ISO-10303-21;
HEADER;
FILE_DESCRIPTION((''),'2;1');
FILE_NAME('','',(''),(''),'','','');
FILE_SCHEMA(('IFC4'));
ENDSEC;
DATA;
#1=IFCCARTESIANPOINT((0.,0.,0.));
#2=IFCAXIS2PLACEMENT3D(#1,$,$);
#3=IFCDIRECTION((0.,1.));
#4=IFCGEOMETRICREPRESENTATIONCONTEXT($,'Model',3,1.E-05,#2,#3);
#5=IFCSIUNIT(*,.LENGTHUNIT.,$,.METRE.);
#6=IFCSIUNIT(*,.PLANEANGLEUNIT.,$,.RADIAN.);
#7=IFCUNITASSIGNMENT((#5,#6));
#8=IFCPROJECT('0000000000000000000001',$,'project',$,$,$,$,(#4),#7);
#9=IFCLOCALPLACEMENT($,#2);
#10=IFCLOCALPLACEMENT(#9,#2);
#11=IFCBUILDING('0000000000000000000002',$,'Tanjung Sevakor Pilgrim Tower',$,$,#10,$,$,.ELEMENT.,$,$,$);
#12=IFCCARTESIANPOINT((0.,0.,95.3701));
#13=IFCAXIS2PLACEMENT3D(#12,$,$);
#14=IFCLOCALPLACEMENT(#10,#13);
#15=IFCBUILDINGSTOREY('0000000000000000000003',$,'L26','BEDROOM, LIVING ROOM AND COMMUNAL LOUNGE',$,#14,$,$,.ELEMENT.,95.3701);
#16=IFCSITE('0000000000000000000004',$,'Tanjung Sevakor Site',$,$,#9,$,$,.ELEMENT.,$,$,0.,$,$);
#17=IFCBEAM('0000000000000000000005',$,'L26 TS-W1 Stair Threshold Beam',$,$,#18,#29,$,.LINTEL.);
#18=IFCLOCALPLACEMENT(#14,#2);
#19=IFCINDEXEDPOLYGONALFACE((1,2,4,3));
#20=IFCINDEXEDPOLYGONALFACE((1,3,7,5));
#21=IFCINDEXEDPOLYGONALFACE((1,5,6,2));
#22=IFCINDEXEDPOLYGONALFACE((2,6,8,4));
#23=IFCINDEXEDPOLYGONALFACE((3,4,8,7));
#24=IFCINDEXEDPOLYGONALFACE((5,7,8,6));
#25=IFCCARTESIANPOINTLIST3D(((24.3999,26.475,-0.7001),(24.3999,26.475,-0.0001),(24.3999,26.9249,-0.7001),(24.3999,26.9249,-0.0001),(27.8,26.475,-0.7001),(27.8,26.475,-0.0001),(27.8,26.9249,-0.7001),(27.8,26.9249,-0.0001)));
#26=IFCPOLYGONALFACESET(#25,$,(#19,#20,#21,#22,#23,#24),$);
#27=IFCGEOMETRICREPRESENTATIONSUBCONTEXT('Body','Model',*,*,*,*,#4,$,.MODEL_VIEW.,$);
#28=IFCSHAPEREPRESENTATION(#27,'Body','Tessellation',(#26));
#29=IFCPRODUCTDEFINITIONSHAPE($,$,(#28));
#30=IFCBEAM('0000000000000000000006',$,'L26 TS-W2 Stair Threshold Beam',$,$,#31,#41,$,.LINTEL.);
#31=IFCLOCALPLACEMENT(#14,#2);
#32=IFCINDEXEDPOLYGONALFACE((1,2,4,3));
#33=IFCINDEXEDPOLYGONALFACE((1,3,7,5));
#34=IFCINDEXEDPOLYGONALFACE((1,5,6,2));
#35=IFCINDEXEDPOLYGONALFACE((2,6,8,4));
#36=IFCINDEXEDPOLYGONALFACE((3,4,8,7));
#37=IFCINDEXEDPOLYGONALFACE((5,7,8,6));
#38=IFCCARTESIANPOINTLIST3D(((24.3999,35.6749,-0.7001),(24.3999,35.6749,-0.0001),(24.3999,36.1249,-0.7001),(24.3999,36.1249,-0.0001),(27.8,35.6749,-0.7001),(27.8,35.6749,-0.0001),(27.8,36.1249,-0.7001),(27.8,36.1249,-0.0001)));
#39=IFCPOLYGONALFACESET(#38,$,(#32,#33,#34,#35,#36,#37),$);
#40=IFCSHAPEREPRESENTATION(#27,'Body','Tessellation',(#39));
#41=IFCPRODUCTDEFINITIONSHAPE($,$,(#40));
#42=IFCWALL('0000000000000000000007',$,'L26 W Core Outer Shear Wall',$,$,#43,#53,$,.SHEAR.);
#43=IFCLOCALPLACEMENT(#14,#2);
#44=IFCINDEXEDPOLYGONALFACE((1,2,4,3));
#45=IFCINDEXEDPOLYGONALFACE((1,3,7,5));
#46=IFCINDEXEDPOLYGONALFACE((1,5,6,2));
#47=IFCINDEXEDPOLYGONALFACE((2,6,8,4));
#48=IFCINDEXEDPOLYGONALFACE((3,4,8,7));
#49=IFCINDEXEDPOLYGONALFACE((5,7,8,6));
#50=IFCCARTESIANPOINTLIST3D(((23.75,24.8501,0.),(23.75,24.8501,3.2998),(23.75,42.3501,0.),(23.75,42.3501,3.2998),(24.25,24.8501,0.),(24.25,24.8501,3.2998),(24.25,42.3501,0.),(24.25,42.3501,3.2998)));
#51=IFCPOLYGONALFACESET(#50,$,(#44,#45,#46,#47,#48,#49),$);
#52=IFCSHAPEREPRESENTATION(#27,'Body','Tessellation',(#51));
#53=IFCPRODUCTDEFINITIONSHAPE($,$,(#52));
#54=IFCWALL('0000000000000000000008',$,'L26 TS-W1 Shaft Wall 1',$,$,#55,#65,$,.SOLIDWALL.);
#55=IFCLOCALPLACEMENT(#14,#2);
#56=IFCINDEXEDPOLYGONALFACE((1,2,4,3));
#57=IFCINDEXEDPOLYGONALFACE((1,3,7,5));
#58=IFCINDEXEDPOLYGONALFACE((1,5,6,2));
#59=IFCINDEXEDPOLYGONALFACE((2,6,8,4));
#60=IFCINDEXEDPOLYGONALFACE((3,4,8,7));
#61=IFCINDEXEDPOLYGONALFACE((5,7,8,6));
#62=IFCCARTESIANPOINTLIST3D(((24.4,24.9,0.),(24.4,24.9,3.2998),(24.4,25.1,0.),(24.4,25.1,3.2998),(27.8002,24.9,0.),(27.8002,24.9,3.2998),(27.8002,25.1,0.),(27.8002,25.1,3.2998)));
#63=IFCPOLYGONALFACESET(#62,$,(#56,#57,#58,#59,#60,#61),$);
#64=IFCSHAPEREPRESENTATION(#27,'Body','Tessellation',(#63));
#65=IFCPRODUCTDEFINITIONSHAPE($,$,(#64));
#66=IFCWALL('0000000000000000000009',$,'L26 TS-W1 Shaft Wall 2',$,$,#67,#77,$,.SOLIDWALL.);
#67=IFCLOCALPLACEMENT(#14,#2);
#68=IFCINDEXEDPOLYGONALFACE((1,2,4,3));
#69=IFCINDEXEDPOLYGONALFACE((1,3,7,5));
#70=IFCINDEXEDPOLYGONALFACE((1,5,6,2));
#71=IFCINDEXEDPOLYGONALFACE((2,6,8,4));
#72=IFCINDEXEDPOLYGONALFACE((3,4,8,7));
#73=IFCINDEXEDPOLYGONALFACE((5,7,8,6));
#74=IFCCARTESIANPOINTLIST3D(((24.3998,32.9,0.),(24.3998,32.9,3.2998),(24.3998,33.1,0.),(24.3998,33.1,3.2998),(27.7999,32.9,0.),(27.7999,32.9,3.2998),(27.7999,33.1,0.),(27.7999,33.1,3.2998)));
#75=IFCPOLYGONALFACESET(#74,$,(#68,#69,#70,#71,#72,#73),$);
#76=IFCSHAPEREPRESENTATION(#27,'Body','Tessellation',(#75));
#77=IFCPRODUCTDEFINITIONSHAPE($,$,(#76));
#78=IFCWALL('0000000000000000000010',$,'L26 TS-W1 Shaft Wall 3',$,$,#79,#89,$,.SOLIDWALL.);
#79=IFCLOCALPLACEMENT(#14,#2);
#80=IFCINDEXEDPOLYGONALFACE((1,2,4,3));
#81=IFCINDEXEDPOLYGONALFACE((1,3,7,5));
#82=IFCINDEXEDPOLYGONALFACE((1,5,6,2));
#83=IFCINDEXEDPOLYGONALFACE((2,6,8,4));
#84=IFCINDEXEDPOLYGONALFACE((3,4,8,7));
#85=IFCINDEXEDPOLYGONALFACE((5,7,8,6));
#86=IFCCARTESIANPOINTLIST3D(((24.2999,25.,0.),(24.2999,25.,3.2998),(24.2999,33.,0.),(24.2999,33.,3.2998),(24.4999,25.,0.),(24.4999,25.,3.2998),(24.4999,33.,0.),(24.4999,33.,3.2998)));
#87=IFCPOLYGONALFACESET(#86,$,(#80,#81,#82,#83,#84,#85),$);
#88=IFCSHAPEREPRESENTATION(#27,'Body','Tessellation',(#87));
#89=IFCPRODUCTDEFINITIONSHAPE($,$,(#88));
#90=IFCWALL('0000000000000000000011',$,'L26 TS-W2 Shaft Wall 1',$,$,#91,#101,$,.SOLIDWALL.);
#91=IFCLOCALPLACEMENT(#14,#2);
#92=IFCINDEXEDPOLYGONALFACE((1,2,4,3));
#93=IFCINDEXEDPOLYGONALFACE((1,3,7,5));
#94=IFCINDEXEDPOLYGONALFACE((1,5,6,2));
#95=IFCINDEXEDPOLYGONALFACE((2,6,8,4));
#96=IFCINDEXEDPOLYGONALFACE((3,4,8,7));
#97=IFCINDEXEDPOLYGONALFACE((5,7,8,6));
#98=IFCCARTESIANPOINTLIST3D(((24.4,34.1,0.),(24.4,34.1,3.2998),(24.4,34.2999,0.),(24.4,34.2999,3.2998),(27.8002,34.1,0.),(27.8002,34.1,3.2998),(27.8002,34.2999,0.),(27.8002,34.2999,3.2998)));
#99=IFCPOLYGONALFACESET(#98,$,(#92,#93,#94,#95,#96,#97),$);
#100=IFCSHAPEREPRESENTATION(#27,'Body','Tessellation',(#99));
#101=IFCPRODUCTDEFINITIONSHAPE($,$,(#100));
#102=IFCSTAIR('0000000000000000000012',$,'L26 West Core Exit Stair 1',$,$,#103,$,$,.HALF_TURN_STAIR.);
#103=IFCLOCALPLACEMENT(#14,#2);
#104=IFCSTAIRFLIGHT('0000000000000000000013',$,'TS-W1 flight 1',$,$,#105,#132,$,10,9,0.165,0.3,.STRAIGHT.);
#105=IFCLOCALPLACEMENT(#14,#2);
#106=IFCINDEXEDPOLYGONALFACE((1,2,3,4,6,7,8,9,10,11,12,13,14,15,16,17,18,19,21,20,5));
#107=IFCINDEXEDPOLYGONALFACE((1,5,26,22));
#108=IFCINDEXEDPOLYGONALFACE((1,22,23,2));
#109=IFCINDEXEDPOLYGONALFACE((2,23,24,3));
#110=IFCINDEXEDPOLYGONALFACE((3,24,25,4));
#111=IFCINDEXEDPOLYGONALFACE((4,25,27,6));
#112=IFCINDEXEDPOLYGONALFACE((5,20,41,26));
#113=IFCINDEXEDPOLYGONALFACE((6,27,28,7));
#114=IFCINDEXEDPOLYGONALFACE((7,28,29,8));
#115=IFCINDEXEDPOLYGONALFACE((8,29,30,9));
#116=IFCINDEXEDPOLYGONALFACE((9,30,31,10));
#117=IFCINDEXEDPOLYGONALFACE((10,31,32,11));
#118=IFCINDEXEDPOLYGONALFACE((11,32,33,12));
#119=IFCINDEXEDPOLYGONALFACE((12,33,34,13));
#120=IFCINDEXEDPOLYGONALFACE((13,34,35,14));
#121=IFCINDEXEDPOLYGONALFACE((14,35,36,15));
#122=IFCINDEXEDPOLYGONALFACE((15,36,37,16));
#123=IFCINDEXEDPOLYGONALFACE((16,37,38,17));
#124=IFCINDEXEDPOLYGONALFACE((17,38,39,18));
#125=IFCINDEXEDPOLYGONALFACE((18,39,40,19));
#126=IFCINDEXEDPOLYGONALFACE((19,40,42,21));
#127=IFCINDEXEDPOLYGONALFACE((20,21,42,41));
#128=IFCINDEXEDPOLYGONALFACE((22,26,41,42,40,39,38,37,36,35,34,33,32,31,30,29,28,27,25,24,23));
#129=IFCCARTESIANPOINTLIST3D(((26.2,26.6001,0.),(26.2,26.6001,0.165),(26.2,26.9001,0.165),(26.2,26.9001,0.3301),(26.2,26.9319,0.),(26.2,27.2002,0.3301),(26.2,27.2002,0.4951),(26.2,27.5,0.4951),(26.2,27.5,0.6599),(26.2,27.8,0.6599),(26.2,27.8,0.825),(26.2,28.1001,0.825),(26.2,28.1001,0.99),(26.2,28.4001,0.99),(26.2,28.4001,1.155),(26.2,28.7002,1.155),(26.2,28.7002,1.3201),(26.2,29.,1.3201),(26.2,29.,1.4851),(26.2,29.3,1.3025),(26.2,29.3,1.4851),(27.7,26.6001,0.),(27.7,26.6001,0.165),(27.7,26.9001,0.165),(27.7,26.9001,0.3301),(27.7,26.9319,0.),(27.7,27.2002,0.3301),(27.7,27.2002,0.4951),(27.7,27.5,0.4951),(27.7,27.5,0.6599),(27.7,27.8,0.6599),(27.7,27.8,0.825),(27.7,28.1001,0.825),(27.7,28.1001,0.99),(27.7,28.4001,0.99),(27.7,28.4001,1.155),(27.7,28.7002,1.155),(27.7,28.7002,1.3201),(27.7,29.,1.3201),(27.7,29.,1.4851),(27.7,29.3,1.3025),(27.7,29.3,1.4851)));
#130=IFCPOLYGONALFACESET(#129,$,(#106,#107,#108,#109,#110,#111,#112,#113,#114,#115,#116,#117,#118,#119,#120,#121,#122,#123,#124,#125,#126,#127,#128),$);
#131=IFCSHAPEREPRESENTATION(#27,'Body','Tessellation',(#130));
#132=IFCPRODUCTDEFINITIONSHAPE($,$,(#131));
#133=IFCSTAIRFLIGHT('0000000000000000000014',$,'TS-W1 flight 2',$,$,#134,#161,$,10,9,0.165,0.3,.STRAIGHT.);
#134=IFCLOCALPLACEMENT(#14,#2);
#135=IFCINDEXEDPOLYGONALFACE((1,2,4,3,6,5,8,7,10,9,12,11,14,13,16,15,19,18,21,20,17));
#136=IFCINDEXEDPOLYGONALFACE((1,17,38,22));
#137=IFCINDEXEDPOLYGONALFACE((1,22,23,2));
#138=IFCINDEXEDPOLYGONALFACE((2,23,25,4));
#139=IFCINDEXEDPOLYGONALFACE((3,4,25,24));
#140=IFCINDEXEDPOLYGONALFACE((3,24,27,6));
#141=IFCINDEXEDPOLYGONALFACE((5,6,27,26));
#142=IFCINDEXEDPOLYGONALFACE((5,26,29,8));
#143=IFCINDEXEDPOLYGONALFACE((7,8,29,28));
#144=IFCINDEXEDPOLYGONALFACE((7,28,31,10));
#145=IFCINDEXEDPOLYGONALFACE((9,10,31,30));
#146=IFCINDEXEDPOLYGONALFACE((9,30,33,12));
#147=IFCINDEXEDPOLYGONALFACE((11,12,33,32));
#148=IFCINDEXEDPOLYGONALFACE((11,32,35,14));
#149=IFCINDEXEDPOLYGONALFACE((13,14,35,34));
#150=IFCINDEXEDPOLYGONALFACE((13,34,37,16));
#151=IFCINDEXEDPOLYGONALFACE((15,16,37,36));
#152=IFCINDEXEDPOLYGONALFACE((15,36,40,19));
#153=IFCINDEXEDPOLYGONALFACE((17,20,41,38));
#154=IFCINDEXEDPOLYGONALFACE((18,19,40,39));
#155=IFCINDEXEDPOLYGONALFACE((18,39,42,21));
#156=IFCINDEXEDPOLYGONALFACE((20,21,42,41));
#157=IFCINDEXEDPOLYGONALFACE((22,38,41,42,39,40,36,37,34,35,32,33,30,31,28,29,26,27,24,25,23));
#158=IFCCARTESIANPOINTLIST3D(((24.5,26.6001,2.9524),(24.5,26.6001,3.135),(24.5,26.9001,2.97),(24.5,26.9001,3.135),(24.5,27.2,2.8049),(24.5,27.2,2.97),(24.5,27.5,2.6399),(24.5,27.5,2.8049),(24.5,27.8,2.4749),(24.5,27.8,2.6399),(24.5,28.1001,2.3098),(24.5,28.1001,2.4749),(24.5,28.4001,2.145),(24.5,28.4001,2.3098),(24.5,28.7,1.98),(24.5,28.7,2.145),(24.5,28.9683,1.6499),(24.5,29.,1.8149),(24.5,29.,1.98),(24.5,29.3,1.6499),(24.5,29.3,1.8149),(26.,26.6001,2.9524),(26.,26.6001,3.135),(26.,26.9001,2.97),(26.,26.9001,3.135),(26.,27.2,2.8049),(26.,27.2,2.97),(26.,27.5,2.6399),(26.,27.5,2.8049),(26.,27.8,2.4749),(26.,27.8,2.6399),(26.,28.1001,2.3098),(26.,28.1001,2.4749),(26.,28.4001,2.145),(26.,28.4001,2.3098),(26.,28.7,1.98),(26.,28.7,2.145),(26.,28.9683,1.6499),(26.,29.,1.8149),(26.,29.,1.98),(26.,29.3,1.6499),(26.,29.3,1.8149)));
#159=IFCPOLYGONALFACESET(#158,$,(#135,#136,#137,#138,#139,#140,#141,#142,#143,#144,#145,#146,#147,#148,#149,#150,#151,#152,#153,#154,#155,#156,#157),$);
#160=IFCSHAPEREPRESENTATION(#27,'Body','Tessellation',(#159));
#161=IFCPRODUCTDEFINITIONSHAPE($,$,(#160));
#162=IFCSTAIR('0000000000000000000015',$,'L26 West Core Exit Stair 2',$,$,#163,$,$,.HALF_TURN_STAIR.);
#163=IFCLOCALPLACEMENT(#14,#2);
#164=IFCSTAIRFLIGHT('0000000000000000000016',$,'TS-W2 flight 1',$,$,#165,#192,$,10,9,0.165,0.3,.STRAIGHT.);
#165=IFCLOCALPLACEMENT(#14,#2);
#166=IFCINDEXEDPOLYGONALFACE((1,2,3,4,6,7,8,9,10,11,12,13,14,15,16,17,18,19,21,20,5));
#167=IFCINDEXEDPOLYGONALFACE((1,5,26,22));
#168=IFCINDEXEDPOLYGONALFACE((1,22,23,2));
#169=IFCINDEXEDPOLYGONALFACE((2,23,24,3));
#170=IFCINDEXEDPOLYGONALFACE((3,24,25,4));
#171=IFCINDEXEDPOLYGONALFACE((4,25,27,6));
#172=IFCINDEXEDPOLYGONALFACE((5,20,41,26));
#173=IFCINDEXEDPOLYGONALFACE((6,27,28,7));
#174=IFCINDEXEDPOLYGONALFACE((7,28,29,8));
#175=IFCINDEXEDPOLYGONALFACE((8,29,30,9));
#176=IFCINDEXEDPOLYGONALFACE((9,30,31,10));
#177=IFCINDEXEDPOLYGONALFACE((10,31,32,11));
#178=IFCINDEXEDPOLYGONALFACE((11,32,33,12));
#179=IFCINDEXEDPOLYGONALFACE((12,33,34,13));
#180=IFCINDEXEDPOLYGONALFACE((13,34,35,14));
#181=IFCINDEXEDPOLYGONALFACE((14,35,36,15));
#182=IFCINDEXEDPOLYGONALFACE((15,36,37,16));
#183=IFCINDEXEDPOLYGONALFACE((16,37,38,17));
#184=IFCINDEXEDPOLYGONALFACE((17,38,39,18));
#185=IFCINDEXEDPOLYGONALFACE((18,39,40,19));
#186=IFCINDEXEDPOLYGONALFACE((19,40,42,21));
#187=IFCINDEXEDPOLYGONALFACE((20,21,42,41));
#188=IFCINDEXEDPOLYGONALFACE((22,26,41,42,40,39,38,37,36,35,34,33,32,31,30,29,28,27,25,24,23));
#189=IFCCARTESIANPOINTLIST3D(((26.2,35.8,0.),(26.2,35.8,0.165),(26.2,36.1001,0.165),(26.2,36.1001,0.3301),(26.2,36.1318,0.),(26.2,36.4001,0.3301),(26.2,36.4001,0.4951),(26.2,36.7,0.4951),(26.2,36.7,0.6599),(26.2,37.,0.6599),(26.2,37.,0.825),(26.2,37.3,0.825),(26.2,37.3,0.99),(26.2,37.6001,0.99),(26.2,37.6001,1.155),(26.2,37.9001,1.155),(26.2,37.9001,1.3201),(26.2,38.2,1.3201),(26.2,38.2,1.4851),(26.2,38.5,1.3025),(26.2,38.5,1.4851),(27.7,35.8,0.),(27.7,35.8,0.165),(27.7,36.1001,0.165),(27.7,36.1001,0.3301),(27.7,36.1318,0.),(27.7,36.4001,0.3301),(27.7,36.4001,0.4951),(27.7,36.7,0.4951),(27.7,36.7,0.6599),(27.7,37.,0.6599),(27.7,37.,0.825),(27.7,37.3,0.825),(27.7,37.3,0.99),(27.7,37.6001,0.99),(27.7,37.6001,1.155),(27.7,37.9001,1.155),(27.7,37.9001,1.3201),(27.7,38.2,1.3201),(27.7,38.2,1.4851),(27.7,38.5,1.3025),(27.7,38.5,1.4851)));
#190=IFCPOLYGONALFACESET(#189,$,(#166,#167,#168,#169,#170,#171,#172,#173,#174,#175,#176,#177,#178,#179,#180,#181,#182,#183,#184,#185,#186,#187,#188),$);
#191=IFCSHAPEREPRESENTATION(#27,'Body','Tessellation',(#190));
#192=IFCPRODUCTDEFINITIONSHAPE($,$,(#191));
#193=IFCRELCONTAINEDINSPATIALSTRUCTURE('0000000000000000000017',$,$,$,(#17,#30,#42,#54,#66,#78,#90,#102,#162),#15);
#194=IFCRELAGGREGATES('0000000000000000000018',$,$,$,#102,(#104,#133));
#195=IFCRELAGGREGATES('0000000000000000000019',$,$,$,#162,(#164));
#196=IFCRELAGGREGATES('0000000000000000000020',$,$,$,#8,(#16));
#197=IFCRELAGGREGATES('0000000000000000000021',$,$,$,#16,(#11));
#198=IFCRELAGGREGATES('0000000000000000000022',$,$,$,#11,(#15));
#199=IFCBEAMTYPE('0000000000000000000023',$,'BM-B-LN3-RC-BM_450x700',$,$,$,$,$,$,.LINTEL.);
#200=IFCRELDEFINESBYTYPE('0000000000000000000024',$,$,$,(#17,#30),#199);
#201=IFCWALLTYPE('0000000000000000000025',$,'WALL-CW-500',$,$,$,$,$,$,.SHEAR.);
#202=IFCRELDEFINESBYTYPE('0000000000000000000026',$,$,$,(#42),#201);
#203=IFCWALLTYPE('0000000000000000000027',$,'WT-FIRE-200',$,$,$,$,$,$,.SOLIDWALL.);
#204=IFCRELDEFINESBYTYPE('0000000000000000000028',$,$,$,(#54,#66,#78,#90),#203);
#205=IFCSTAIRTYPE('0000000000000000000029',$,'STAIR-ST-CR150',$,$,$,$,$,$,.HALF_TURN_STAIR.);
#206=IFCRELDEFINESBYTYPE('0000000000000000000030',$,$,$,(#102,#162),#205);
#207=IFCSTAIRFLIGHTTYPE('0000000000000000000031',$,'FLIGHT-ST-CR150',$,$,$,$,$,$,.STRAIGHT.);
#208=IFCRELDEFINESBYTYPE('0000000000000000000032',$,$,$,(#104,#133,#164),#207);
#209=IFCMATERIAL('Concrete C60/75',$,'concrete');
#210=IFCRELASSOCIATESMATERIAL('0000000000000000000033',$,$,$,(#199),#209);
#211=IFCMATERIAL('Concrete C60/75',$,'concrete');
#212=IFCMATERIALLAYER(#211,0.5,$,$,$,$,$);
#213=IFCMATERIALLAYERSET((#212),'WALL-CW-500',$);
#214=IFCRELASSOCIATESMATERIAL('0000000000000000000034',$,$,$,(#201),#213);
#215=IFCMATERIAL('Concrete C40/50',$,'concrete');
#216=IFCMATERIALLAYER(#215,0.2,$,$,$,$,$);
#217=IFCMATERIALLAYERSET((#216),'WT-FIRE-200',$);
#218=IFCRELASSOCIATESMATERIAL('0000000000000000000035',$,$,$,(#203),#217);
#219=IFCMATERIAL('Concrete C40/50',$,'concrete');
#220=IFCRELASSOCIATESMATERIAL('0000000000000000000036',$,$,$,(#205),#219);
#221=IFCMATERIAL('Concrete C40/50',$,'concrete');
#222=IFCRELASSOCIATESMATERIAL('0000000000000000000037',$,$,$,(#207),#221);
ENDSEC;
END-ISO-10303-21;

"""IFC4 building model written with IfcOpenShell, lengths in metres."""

from ifc_helpers import new_model, si_unit, direction, frame, frame_2d, origin, origin_2d, place, context, subcontext, project, spatial, polyline, rectangle, outline, extrude, material, layer, layer_set, material_profile, profile_set, type_object, element, aggregate, save


model = new_model("IFC4")

# Units and contexts
model_context = context("Model", 3, precision=1e-05, world=origin(), true_north=direction((0.0, 1.0)))
body_context = subcontext(model_context, "Body", "Model", "MODEL_VIEW")
ifc_project = project(units=[si_unit("LENGTHUNIT", "METRE"), si_unit("PLANEANGLEUNIT", "RADIAN")], contexts=[model_context])

# Site, building, storey
site_placement = place(None, origin())
site = spatial("IfcSite", under=ifc_project, at=site_placement, Name="Tanjung Sevakor Site", CompositionType="ELEMENT", RefElevation=0.0)
building_placement = place(site_placement, origin())
building = spatial("IfcBuilding", under=site, at=building_placement, Name="Tanjung Sevakor Pilgrim Tower", CompositionType="ELEMENT")
storey_placement = place(building_placement, frame((0.0, 0.0, 95.3701)))
storey = spatial("IfcBuildingStorey", under=building, at=storey_placement, Name="L26", Description="BEDROOM, LIVING ROOM AND COMMUNAL LOUNGE", CompositionType="ELEMENT", Elevation=95.3701)

# Beams
ifc_material_1 = material(Name="Concrete C60/75", Category="concrete")
ifc_material_profile = material_profile(ifc_material_1, rectangle(XDim=0.45, YDim=0.7, at=origin_2d()))
ifc_profile_set = profile_set([ifc_material_profile], Name="Concrete C60/75")
beam_type = type_object("IfcBeamType", Name="BM-B-LN3-RC-BM_450x700", PredefinedType="LINTEL", material=ifc_profile_set)
for number, where, z_axis, x_axis, name in (
    (1, (24.3999, 26.7, -0.3501), (1.0, 0.0, 0.0), (0.0, 1.0, 0.0), "L26 TS-W1 Stair Threshold Beam"),
    (2, (24.3999, 35.8999, -0.3501), (1.0, 0.0, 0.0), (0.0, 1.0, 0.0), "L26 TS-W2 Stair Threshold Beam"),
):
    element("IfcBeam", number, at=place(storey_placement, frame(where, z_axis=z_axis, x_axis=x_axis)), inside=storey, type_object=beam_type, Name=name, PredefinedType="LINTEL", context=body_context, shape_type="SweptSolid", body=[
        extrude(rectangle(XDim=0.45, YDim=0.7, at=origin_2d()), origin(), (0.0, 0.0, 1.0), 3.4001),
    ])

# Wall
ifc_material_2 = material(Name="Concrete C60/75", Category="concrete")
ifc_layer_1 = layer(ifc_material_2, 0.5)
ifc_layer_set_1 = layer_set([ifc_layer_1], Name="WALL-CW-500")
wall_type_1 = type_object("IfcWallType", Name="WALL-CW-500", PredefinedType="SHEAR", material=ifc_layer_set_1)
wall_1_placement = place(storey_placement, frame((24.0, 24.8501, 0.0), z_axis=(0.0, 0.0, 1.0), x_axis=(0.0, 1.0, 0.0)))
element("IfcWall", 3, at=wall_1_placement, inside=storey, type_object=wall_type_1, Name="L26 W Core Outer Shear Wall", PredefinedType="SHEAR", context=body_context, shape_type="SweptSolid", body=[
    extrude(rectangle(XDim=17.5, YDim=0.5, at=frame_2d((8.75, 0.0))), origin(), (0.0, 0.0, 1.0), 3.2998),
])

# Walls
ifc_material_3 = material(Name="Concrete C40/50", Category="concrete")
ifc_layer_2 = layer(ifc_material_3, 0.2)
ifc_layer_set_2 = layer_set([ifc_layer_2], Name="WT-FIRE-200")
wall_type_2 = type_object("IfcWallType", Name="WT-FIRE-200", PredefinedType="SOLIDWALL", material=ifc_layer_set_2)
for number, where, z_axis, x_axis, name in (
    (4, (24.3999, 25.0, 0.0), (0.0, 0.0, 1.0), (1.0, 0.0, 0.0), "L26 TS-W1 Shaft Wall 1"),
    (5, (27.8, 33.0, 0.0), (0.0, 0.0, 1.0), (-1.0, 0.0, 0.0), "L26 TS-W1 Shaft Wall 2"),
):
    element("IfcWall", number, at=place(storey_placement, frame(where, z_axis=z_axis, x_axis=x_axis)), inside=storey, type_object=wall_type_2, Name=name, PredefinedType="SOLIDWALL", context=body_context, shape_type="SweptSolid", body=[
        extrude(rectangle(XDim=3.4001, YDim=0.2, at=frame_2d((1.7002, 0.0))), origin(), (0.0, 0.0, 1.0), 3.2998),
    ])
wall_2_placement = place(storey_placement, frame((24.3999, 33.0, 0.0), z_axis=(0.0, 0.0, 1.0), x_axis=(0.0, -1.0, 0.0)))
element("IfcWall", 6, at=wall_2_placement, inside=storey, type_object=wall_type_2, Name="L26 TS-W1 Shaft Wall 3", PredefinedType="SOLIDWALL", context=body_context, shape_type="SweptSolid", body=[
    extrude(rectangle(XDim=8.0, YDim=0.2, at=frame_2d((4.0, 0.0))), origin(), (0.0, 0.0, 1.0), 3.2998),
])
wall_3_placement = place(storey_placement, frame((24.3999, 34.2, 0.0), z_axis=(0.0, 0.0, 1.0), x_axis=(1.0, 0.0, 0.0)))
element("IfcWall", 7, at=wall_3_placement, inside=storey, type_object=wall_type_2, Name="L26 TS-W2 Shaft Wall 1", PredefinedType="SOLIDWALL", context=body_context, shape_type="SweptSolid", body=[
    extrude(rectangle(XDim=3.4001, YDim=0.2, at=frame_2d((1.7002, 0.0))), origin(), (0.0, 0.0, 1.0), 3.2998),
])

# Stairs, stair flights
ifc_material_4 = material(Name="Concrete C40/50", Category="concrete")
stair_type = type_object("IfcStairType", Name="STAIR-ST-CR150", PredefinedType="HALF_TURN_STAIR", material=ifc_material_4)
stair_1_placement = place(storey_placement, origin())
stair_1 = element("IfcStair", 8, at=stair_1_placement, inside=storey, type_object=stair_type, Name="L26 West Core Exit Stair 1", PredefinedType="HALF_TURN_STAIR")
ifc_material_5 = material(Name="Concrete C40/50", Category="concrete")
stair_flight_type = type_object("IfcStairFlightType", Name="FLIGHT-ST-CR150", PredefinedType="STRAIGHT", material=ifc_material_5)
stair_flight_1_placement = place(storey_placement, frame((26.95, 26.6001, 0.0), z_axis=(0.0, 0.0, 1.0), x_axis=(0.0, 1.0, 0.0)))
stair_flight_1 = element("IfcStairFlight", 9, at=stair_flight_1_placement, type_object=stair_flight_type, Name="TS-W1 flight 1", NumberOfRisers=10, NumberOfTreads=9, PredefinedType="STRAIGHT", RiserHeight=0.165, TreadLength=0.3, context=body_context, shape_type="SweptSolid", body=[
    extrude(outline(polyline([(0.0, 0.0), (0.0, 0.165), (0.3, 0.165), (0.3, 0.3301), (0.6001, 0.3301), (0.6001, 0.4951), (0.8999, 0.4951), (0.8999, 0.6599), (1.2, 0.6599), (1.2, 0.825), (1.5, 0.825), (1.5, 0.99), (1.8, 0.99), (1.8, 1.155), (2.1001, 1.155), (2.1001, 1.3201), (2.3999, 1.3201), (2.3999, 1.4851), (2.7, 1.4851), (2.7, 1.6499), (2.7, 1.3025), (0.3318, 0.0), (0.0, 0.0)])), frame((0.0, 0.75, 0.0), z_axis=(0.0, -1.0, 0.0), x_axis=(1.0, 0.0, 0.0)), (0.0, 0.0, 1.0), 1.5),
])
stair_flight_2_placement = place(storey_placement, frame((25.25, 29.3, 1.6499), z_axis=(0.0, 0.0, 1.0), x_axis=(0.0, -1.0, 0.0)))
stair_flight_2 = element("IfcStairFlight", 10, at=stair_flight_2_placement, type_object=stair_flight_type, Name="TS-W1 flight 2", NumberOfRisers=10, NumberOfTreads=9, PredefinedType="STRAIGHT", RiserHeight=0.165, TreadLength=0.3, context=body_context, shape_type="SweptSolid", body=[
    extrude(outline(polyline([(0.0, 0.0), (0.0, 0.165), (0.3, 0.165), (0.3, 0.3301), (0.6001, 0.3301), (0.6001, 0.4951), (0.8999, 0.4951), (0.8999, 0.6599), (1.2, 0.6599), (1.2, 0.825), (1.5, 0.825), (1.5, 0.99), (1.8, 0.99), (1.8, 1.155), (2.1001, 1.155), (2.1001, 1.3201), (2.3999, 1.3201), (2.3999, 1.4851), (2.7, 1.4851), (2.7, 1.6499), (2.7, 1.3025), (0.3318, 0.0), (0.0, 0.0)])), frame((0.0, 0.75, 0.0), z_axis=(0.0, -1.0, 0.0), x_axis=(1.0, 0.0, 0.0)), (0.0, 0.0, 1.0), 1.5),
])
aggregate(stair_1, [stair_flight_1, stair_flight_2])
stair_2_placement = place(storey_placement, origin())
stair_2 = element("IfcStair", 11, at=stair_2_placement, inside=storey, type_object=stair_type, Name="L26 West Core Exit Stair 2", PredefinedType="HALF_TURN_STAIR")
stair_flight_3_placement = place(storey_placement, frame((26.95, 35.8, 0.0), z_axis=(0.0, 0.0, 1.0), x_axis=(0.0, 1.0, 0.0)))
stair_flight_3 = element("IfcStairFlight", 12, at=stair_flight_3_placement, type_object=stair_flight_type, Name="TS-W2 flight 1", NumberOfRisers=10, NumberOfTreads=9, PredefinedType="STRAIGHT", RiserHeight=0.165, TreadLength=0.3, context=body_context, shape_type="SweptSolid", body=[
    extrude(outline(polyline([(0.0, 0.0), (0.0, 0.165), (0.3, 0.165), (0.3, 0.3301), (0.6001, 0.3301), (0.6001, 0.4951), (0.8999, 0.4951), (0.8999, 0.6599), (1.2, 0.6599), (1.2, 0.825), (1.5, 0.825), (1.5, 0.99), (1.8, 0.99), (1.8, 1.155), (2.1001, 1.155), (2.1001, 1.3201), (2.3999, 1.3201), (2.3999, 1.4851), (2.7, 1.4851), (2.7, 1.6499), (2.7, 1.3025), (0.3318, 0.0), (0.0, 0.0)])), frame((0.0, 0.75, 0.0), z_axis=(0.0, -1.0, 0.0), x_axis=(1.0, 0.0, 0.0)), (0.0, 0.0, 1.0), 1.5),
])
aggregate(stair_2, [stair_flight_3])

save(model, "model.ifc")
